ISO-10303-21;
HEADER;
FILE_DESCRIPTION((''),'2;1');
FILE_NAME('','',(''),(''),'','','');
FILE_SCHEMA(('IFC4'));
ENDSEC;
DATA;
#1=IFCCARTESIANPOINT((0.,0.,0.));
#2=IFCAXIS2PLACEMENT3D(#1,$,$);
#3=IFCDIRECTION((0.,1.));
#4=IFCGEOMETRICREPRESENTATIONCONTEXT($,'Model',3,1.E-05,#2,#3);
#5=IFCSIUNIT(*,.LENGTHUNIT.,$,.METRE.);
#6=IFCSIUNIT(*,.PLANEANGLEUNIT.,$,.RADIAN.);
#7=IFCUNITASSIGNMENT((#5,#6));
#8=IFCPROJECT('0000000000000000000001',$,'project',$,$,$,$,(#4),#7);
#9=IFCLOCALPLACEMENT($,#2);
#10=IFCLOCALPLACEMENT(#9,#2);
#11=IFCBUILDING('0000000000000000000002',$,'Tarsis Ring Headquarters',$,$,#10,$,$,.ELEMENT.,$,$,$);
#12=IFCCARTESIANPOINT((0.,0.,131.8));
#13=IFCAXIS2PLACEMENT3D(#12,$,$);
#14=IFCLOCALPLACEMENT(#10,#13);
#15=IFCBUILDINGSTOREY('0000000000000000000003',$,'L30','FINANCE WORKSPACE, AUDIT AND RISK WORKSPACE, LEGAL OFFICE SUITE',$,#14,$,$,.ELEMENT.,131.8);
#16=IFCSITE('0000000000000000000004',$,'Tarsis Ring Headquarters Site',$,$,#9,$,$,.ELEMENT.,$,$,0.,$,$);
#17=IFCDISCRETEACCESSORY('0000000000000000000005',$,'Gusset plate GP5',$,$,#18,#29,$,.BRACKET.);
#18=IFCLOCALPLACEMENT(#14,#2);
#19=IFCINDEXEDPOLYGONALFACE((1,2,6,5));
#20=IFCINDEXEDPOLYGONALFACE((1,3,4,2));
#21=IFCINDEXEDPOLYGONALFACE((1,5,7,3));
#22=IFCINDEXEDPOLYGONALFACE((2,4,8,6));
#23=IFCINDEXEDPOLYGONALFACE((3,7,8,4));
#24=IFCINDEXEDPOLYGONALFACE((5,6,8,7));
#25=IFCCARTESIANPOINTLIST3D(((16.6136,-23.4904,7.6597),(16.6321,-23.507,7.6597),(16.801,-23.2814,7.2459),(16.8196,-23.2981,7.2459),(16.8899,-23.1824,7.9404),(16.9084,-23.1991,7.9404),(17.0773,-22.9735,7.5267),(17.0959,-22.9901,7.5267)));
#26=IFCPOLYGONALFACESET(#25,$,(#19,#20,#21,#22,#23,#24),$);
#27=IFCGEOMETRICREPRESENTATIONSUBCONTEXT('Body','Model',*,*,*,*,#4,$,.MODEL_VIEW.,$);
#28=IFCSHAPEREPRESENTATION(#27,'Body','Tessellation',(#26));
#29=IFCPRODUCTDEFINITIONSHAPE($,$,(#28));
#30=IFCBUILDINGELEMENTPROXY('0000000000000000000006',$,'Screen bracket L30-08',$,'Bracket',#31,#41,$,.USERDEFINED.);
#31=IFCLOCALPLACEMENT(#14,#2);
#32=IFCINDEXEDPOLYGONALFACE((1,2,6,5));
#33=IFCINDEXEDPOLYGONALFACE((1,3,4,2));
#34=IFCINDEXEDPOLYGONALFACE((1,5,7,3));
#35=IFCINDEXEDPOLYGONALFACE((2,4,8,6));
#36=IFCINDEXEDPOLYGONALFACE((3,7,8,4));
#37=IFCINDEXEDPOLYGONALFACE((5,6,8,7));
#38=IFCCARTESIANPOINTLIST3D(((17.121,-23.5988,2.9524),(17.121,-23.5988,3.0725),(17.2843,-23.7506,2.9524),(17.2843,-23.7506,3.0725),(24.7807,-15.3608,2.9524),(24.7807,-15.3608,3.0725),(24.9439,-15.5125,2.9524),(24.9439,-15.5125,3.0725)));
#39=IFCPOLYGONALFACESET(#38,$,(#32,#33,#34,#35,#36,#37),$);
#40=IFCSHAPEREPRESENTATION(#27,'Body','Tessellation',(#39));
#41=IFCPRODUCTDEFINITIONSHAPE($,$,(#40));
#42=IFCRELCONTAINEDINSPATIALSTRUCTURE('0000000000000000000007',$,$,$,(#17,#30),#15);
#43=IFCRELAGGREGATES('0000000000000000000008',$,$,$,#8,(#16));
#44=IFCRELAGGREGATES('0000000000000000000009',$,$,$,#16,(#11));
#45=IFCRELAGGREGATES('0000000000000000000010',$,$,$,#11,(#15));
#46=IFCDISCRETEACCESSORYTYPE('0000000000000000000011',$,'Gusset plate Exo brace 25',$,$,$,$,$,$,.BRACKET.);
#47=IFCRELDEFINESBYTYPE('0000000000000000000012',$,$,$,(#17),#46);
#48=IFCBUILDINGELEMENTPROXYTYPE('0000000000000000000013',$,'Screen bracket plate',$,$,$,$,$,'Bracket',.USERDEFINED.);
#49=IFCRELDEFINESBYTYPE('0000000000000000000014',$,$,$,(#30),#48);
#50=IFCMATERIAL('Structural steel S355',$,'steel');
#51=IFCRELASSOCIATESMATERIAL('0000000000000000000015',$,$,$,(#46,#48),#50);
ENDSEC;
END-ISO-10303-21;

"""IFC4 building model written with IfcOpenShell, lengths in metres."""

from ifc_helpers import new_model, si_unit, direction, frame, origin, origin_2d, place, context, subcontext, project, spatial, rectangle, extrude, material, material_profile, profile_set, type_object, element, save


model = new_model("IFC4")

# Units and contexts
model_context = context("Model", 3, precision=1e-05, world=origin(), true_north=direction((0.0, 1.0)))
body_context = subcontext(model_context, "Body", "Model", "MODEL_VIEW")
ifc_project = project(units=[si_unit("LENGTHUNIT", "METRE"), si_unit("PLANEANGLEUNIT", "RADIAN")], contexts=[model_context])

# Site, building, storey
site_placement = place(None, origin())
site = spatial("IfcSite", under=ifc_project, at=site_placement, Name="Tarsis Ring Headquarters Site", CompositionType="ELEMENT", RefElevation=0.0)
building_placement = place(site_placement, origin())
building = spatial("IfcBuilding", under=site, at=building_placement, Name="Tarsis Ring Headquarters", CompositionType="ELEMENT")
storey_placement = place(building_placement, frame((0.0, 0.0, 131.8)))
storey = spatial("IfcBuildingStorey", under=building, at=storey_placement, Name="L30", Description="FINANCE WORKSPACE, AUDIT AND RISK WORKSPACE, LEGAL OFFICE SUITE", CompositionType="ELEMENT", Elevation=131.8)

# Shared definitions
ifc_material_1 = material(Name="Structural steel S355", Category="steel")

# Discrete accessory
ifc_material_profile_1 = material_profile(ifc_material_1, rectangle(XDim=0.0249, YDim=0.5, at=origin_2d()), Name="PL 25x500")
ifc_profile_set_1 = profile_set([ifc_material_profile_1], Name="Structural steel S355")
discrete_accessory_type = type_object("IfcDiscreteAccessoryType", Name="Gusset plate Exo brace 25", PredefinedType="BRACKET", material=ifc_profile_set_1)
discrete_accessory_placement = place(storey_placement, frame((16.761, -23.3447, 7.8), z_axis=(0.374943, 0.417905, -0.82751), x_axis=(-0.744331, 0.667811, 0.0)))
element("IfcDiscreteAccessory", 1, at=discrete_accessory_placement, inside=storey, type_object=discrete_accessory_type, Name="Gusset plate GP5", PredefinedType="BRACKET", context=body_context, shape_type="SweptSolid", body=[
    extrude(rectangle(XDim=0.0249, YDim=0.5, at=origin_2d()), origin(), (0.0, 0.0, 1.0), 0.5),
])

# Building element proxy
building_element_proxy_type = type_object("IfcBuildingElementProxyType", Name="Screen bracket plate", ElementType="Bracket", PredefinedType="USERDEFINED", material=ifc_material_1)
proxy_placement = place(storey_placement, frame((21.0325, -19.5557, 2.9524), z_axis=(0.0, 0.0, 1.0), x_axis=(0.680928, 0.73235, 0.0)))
element("IfcBuildingElementProxy", 2, at=proxy_placement, inside=storey, type_object=building_element_proxy_type, Name="Screen bracket L30-08", ObjectType="Bracket", PredefinedType="USERDEFINED", context=body_context, shape_type="SweptSolid", body=[
    extrude(rectangle(XDim=11.2488, YDim=0.2229, at=origin_2d()), origin(), (0.0, 0.0, 1.0), 0.1201),
])

save(model, "model.ifc")
